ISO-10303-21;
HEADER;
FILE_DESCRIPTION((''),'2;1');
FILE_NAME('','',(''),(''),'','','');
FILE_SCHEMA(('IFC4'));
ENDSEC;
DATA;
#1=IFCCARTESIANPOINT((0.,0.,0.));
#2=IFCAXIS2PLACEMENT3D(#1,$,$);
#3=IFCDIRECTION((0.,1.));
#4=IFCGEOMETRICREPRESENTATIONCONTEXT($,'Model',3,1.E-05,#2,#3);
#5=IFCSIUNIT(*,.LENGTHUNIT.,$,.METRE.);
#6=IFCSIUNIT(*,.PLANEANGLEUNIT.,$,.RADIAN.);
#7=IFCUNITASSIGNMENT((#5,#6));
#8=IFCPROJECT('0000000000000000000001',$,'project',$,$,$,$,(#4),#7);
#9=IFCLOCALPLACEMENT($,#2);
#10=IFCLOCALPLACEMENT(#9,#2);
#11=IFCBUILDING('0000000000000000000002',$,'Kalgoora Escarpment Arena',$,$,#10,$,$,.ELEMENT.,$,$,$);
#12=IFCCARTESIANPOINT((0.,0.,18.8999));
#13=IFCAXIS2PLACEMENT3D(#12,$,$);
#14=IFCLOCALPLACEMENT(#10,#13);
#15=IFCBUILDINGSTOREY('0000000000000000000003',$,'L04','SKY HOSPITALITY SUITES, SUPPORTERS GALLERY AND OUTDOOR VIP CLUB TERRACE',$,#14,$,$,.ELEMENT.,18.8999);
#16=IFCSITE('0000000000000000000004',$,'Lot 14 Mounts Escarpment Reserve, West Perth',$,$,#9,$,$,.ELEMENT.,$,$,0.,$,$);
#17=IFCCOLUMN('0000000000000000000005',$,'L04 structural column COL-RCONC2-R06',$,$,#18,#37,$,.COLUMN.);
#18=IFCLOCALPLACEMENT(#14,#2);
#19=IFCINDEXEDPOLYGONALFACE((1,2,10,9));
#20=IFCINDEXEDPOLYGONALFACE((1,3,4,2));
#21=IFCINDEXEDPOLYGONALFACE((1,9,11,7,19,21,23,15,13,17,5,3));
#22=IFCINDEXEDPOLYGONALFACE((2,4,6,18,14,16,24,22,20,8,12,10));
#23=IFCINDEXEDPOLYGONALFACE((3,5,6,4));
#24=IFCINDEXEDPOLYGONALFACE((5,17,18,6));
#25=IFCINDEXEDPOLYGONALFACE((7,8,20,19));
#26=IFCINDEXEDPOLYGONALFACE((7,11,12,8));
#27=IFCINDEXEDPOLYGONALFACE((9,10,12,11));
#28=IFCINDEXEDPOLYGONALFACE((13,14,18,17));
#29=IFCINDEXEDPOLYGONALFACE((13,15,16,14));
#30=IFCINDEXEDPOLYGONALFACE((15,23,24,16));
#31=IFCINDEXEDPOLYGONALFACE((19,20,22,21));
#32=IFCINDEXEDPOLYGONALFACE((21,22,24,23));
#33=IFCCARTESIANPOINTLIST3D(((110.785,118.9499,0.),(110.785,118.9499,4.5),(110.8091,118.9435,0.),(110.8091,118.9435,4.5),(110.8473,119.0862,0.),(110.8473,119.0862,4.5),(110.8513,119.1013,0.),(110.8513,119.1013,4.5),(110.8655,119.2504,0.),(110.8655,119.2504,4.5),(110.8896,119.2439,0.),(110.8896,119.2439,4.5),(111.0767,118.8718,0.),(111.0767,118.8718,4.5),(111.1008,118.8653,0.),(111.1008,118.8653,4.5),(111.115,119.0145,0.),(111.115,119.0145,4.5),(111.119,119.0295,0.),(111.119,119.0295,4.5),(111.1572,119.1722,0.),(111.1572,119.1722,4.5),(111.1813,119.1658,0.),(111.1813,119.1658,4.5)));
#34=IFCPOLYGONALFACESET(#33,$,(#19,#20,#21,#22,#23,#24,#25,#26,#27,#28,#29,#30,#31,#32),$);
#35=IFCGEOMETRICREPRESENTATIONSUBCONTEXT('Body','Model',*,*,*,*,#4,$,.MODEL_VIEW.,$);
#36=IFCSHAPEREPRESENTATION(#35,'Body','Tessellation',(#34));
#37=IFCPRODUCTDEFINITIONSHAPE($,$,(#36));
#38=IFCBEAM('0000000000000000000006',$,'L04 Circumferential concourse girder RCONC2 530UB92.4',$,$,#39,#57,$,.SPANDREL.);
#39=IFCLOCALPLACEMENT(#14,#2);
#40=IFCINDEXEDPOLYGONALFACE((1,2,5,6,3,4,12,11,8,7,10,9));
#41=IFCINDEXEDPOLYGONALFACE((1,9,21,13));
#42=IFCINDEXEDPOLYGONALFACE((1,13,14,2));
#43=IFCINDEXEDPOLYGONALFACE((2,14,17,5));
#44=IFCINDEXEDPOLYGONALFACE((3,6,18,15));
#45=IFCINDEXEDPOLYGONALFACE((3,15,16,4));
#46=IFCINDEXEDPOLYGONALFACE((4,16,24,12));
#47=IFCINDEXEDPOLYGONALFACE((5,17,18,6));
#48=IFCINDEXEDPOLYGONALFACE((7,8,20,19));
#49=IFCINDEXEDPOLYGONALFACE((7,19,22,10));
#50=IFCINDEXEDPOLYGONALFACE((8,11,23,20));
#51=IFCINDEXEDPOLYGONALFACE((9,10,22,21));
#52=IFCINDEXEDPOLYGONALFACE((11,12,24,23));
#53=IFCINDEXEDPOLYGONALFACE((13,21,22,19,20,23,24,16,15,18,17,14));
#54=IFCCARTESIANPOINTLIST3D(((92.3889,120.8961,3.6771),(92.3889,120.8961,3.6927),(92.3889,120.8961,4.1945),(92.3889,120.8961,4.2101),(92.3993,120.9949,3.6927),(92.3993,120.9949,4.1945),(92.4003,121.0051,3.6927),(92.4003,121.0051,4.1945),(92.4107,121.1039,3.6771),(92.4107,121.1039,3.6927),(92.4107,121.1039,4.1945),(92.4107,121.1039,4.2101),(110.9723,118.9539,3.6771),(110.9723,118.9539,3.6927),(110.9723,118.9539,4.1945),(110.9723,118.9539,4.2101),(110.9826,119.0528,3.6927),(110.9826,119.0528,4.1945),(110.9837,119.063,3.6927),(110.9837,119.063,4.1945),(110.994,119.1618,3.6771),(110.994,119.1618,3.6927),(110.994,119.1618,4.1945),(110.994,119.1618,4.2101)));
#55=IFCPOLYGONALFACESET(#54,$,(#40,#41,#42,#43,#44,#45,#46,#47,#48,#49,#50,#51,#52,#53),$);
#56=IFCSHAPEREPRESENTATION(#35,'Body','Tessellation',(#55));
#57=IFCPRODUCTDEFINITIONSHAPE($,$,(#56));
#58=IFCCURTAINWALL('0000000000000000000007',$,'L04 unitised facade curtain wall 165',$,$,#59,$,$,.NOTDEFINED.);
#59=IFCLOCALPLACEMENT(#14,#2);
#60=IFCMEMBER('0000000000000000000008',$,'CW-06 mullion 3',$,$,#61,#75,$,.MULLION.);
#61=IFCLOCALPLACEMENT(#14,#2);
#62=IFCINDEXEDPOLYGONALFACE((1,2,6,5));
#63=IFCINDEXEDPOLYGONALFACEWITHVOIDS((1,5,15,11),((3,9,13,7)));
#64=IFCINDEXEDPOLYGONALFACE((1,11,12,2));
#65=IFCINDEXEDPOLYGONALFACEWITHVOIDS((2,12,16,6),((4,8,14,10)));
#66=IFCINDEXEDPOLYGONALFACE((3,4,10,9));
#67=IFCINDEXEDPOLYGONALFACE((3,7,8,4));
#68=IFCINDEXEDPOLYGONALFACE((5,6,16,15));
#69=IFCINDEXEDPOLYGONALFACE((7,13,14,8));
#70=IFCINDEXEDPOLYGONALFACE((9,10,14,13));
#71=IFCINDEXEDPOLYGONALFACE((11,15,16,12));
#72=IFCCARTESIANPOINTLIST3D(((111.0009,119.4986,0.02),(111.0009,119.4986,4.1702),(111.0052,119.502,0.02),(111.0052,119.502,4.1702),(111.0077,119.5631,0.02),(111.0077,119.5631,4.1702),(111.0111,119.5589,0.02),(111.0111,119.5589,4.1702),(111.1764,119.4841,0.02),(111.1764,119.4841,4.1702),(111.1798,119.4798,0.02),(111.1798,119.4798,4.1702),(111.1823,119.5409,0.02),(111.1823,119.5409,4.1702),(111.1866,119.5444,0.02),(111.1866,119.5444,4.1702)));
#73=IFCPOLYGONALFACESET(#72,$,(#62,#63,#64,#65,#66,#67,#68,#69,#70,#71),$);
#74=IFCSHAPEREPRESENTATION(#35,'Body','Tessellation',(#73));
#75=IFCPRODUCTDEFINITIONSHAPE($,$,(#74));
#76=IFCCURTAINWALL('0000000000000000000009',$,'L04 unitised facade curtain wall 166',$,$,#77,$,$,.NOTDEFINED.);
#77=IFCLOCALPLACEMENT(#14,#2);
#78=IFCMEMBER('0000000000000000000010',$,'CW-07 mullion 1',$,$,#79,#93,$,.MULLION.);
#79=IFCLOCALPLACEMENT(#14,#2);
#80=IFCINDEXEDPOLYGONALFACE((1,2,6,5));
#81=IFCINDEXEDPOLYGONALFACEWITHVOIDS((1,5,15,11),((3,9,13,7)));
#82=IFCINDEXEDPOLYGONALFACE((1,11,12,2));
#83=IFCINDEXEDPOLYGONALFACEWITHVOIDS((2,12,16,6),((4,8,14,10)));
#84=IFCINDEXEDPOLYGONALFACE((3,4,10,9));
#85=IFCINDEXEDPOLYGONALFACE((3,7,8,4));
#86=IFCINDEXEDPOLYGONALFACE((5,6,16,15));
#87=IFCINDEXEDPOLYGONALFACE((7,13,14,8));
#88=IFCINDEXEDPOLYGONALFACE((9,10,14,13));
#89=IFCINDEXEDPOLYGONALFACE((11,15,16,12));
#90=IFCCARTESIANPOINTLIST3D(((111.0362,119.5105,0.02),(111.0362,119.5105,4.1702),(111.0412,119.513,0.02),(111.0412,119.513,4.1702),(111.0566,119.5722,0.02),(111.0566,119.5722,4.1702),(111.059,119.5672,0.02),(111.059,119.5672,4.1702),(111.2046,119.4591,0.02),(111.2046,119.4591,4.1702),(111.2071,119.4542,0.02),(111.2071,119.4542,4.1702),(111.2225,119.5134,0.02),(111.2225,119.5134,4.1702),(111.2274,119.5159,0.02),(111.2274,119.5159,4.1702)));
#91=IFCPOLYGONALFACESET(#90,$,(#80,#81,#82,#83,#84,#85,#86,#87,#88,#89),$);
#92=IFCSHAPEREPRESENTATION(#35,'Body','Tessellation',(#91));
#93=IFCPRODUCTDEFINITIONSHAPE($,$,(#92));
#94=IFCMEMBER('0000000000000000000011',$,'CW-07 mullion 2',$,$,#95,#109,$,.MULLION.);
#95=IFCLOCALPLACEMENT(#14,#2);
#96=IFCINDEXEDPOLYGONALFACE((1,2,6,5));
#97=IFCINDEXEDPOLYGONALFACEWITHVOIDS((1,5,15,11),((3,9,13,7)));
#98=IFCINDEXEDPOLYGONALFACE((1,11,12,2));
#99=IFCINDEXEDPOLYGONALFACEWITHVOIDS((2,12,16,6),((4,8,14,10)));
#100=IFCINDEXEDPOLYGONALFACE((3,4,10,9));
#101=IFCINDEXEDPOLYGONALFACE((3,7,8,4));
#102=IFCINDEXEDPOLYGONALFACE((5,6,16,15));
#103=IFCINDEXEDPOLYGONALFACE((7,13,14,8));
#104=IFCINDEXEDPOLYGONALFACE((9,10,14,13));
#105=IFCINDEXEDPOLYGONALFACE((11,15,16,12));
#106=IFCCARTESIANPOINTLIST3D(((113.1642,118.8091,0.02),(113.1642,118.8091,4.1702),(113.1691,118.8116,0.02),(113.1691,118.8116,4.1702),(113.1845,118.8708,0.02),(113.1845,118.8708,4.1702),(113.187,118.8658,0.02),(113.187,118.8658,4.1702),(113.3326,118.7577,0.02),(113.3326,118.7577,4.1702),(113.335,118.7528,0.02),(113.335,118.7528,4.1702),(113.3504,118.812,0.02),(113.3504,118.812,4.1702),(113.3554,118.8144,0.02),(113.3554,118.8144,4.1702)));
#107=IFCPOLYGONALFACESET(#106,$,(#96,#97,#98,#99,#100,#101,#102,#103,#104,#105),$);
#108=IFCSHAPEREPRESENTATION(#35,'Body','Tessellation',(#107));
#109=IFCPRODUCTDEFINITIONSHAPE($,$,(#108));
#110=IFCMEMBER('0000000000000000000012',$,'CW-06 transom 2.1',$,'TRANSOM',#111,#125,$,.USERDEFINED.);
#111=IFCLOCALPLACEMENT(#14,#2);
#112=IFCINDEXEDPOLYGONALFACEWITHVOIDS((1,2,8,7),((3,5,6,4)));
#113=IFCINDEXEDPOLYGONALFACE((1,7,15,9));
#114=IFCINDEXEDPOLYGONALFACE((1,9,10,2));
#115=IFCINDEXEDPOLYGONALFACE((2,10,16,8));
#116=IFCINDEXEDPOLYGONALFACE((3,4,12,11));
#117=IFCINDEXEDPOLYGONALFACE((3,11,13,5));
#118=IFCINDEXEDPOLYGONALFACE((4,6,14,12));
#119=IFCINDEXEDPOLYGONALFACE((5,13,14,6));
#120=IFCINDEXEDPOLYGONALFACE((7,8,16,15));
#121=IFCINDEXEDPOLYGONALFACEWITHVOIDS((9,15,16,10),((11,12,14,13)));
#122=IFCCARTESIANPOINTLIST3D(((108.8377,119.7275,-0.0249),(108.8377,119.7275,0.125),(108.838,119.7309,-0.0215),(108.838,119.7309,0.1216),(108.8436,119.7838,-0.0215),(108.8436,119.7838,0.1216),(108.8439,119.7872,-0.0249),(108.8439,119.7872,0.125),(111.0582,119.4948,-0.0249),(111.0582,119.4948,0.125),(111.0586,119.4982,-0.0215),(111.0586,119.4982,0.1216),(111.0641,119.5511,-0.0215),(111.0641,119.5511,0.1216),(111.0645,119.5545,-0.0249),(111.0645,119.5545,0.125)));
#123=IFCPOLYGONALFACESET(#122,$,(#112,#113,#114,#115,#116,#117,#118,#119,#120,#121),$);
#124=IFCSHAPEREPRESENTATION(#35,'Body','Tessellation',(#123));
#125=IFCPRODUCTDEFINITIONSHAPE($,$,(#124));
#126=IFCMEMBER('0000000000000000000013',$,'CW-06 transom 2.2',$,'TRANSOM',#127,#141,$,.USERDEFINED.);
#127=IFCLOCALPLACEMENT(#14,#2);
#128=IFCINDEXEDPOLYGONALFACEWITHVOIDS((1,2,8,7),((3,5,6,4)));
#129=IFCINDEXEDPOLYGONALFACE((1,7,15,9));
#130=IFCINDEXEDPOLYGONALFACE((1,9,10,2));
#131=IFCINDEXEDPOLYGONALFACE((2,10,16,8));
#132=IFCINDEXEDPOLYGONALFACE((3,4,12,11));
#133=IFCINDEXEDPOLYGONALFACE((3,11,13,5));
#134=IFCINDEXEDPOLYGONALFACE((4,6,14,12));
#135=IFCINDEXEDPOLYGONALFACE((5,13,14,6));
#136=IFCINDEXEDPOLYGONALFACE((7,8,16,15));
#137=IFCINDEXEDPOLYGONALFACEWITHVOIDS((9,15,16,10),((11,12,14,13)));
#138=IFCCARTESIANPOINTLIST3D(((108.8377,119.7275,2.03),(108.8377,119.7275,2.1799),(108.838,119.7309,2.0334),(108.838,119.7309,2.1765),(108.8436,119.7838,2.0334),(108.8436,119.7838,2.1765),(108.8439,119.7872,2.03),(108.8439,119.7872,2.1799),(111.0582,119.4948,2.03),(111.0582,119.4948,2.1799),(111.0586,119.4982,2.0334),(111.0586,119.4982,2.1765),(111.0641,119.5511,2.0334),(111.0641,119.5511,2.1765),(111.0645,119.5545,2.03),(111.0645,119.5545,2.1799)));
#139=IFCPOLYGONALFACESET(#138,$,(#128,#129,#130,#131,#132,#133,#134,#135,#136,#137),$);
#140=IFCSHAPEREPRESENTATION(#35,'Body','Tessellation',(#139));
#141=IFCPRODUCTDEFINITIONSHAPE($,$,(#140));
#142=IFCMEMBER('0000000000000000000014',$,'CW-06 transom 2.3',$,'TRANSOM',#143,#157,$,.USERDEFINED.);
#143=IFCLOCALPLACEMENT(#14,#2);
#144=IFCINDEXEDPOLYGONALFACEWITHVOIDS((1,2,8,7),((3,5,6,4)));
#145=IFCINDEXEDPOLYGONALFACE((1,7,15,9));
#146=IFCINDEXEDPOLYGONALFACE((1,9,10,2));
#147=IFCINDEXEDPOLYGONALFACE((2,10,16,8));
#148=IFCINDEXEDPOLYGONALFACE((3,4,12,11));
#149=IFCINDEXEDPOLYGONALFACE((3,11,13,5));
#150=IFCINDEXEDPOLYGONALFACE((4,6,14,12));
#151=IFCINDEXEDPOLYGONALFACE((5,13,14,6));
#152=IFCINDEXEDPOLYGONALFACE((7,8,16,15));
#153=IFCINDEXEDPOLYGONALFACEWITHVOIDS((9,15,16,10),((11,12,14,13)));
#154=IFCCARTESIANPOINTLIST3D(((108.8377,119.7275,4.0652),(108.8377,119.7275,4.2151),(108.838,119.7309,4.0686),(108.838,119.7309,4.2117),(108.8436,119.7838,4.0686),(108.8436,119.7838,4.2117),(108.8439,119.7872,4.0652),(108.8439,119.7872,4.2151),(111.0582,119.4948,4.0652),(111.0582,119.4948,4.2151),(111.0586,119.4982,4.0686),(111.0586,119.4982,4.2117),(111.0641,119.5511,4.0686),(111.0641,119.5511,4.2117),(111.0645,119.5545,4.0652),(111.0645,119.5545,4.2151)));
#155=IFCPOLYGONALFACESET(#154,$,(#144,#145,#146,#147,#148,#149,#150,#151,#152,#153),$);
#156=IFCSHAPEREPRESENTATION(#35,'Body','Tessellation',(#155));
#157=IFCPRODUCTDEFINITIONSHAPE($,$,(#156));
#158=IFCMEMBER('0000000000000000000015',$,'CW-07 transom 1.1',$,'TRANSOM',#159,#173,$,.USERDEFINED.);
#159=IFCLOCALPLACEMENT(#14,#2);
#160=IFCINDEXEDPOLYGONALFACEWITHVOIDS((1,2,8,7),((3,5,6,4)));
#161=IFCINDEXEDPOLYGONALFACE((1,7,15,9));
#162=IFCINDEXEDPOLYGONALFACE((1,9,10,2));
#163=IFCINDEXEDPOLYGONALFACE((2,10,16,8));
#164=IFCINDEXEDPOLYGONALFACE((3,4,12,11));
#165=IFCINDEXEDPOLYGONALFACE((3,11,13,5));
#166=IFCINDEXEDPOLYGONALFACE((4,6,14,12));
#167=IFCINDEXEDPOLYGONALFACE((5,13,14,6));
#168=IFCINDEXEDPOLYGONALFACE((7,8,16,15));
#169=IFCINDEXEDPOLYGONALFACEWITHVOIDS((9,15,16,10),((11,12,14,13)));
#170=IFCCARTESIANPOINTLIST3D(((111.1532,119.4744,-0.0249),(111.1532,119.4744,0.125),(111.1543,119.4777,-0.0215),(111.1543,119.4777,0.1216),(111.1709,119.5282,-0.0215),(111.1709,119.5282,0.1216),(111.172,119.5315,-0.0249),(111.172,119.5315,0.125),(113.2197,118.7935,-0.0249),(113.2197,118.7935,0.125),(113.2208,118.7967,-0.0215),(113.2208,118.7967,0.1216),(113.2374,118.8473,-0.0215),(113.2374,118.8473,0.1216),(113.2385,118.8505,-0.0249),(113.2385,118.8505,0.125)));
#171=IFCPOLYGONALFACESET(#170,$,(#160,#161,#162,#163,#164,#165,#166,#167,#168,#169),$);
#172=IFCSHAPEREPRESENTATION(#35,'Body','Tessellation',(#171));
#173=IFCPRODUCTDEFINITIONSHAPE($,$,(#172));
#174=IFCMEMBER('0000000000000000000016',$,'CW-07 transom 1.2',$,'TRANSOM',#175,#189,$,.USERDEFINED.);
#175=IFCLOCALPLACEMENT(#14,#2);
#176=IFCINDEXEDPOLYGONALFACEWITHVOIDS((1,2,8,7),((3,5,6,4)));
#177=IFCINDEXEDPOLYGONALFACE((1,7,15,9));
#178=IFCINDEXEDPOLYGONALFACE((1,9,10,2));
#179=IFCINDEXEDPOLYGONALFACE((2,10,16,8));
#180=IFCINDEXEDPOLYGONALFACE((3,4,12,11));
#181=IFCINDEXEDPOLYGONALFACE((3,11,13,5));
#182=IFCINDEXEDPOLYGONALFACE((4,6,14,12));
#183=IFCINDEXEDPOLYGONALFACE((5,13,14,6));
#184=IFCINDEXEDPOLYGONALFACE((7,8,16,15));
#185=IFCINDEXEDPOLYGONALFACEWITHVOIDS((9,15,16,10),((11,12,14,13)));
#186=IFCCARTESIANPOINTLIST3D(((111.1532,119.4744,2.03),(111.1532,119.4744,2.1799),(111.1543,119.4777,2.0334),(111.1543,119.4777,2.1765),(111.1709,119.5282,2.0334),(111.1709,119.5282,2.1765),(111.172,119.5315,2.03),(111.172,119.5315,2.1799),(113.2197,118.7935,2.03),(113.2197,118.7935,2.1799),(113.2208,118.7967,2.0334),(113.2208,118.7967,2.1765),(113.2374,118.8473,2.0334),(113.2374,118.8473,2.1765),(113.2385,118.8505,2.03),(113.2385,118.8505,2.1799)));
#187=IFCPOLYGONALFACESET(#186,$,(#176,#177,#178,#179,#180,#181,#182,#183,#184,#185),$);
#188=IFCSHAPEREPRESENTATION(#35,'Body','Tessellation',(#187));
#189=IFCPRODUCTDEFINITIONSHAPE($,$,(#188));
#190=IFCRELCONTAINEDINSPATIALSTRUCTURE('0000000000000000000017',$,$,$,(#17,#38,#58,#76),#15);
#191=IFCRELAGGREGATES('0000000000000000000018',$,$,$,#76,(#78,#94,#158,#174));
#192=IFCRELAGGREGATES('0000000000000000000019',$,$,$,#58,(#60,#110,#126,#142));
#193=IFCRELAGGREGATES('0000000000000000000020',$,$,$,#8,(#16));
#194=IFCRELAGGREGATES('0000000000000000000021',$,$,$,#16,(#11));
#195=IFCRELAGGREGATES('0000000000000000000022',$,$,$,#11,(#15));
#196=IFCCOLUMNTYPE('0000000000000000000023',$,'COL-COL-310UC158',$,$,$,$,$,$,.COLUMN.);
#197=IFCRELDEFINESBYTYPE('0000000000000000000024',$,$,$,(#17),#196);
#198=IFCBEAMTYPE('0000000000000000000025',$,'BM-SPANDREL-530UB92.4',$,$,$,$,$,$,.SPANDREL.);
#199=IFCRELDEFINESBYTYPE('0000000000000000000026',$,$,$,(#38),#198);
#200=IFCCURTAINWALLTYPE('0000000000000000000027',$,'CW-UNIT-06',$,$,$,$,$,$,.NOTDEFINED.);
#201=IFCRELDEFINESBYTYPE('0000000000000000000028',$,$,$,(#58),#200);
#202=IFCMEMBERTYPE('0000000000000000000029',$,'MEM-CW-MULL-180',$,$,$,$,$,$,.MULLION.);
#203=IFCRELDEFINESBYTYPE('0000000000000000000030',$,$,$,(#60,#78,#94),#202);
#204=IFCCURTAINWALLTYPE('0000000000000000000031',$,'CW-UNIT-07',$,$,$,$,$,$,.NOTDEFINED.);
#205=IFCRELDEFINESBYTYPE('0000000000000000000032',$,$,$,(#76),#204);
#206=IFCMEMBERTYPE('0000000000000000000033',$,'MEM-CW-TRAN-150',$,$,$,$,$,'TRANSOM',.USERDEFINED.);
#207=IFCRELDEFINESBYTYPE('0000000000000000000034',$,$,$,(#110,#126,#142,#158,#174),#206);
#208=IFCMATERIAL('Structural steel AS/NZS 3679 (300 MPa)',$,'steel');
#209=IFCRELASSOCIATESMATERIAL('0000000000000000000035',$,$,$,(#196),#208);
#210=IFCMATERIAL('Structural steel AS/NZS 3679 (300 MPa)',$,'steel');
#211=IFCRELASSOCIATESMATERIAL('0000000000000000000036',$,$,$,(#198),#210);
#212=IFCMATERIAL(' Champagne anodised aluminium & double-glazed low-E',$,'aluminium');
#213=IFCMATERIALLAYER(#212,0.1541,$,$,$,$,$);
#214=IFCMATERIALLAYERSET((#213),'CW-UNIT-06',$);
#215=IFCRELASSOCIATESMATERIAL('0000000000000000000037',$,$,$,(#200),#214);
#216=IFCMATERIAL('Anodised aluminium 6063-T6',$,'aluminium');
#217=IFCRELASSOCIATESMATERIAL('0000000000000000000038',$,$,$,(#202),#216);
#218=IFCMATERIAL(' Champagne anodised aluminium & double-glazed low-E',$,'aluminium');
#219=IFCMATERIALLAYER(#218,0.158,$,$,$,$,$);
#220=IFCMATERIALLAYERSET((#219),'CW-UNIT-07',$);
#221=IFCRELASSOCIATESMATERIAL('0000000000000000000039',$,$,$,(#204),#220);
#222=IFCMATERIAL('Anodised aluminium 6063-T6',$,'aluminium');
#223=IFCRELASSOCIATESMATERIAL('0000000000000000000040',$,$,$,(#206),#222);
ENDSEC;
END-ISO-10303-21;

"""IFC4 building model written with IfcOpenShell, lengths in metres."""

from ifc_helpers import new_model, si_unit, direction, frame, origin, origin_2d, place, context, subcontext, project, spatial, hollow_rectangle, i_section, extrude, material, layer, layer_set, material_profile, profile_set, type_object, element, aggregate, save


model = new_model("IFC4")

# Units and contexts
model_context = context("Model", 3, precision=1e-05, world=origin(), true_north=direction((0.0, 1.0)))
body_context = subcontext(model_context, "Body", "Model", "MODEL_VIEW")
ifc_project = project(units=[si_unit("LENGTHUNIT", "METRE"), si_unit("PLANEANGLEUNIT", "RADIAN")], contexts=[model_context])

# Site, building, storey
site_placement = place(None, origin())
site = spatial("IfcSite", under=ifc_project, at=site_placement, Name="Lot 14 Mounts Escarpment Reserve, West Perth", CompositionType="ELEMENT", RefElevation=0.0)
building_placement = place(site_placement, origin())
building = spatial("IfcBuilding", under=site, at=building_placement, Name="Kalgoora Escarpment Arena", CompositionType="ELEMENT")
storey_placement = place(building_placement, frame((0.0, 0.0, 18.8999)))
storey = spatial("IfcBuildingStorey", under=building, at=storey_placement, Name="L04", Description="SKY HOSPITALITY SUITES, SUPPORTERS GALLERY AND OUTDOOR VIP CLUB TERRACE", CompositionType="ELEMENT", Elevation=18.8999)

# Column
ifc_material_1 = material(Name="Structural steel AS/NZS 3679 (300 MPa)", Category="steel")
ifc_material_profile_1 = material_profile(ifc_material_1, i_section(OverallWidth=0.311, OverallDepth=0.3269, WebThickness=0.0156, FlangeThickness=0.0249, at=origin_2d()))
ifc_profile_set_1 = profile_set([ifc_material_profile_1], Name="Structural steel AS/NZS 3679 (300 MPa)")
column_type = type_object("IfcColumnType", Name="COL-COL-310UC158", PredefinedType="COLUMN", material=ifc_profile_set_1)
column_placement = place(storey_placement, frame((110.9832, 119.0579, 0.0), z_axis=(0.0, 0.0, 1.0), x_axis=(0.258819, 0.965926, 0.0)))
element("IfcColumn", 1, at=column_placement, inside=storey, type_object=column_type, Name="L04 structural column COL-RCONC2-R06", PredefinedType="COLUMN", context=body_context, shape_type="SweptSolid", body=[
    extrude(i_section(OverallWidth=0.311, OverallDepth=0.3269, WebThickness=0.0156, FlangeThickness=0.0249, at=origin_2d()), origin(), (0.0, 0.0, 1.0), 4.5),
])

# Beam
ifc_material_2 = material(Name="Structural steel AS/NZS 3679 (300 MPa)", Category="steel")
ifc_material_profile_2 = material_profile(ifc_material_2, i_section(OverallWidth=0.209, OverallDepth=0.533, WebThickness=0.0103, FlangeThickness=0.0156, at=origin_2d()))
ifc_profile_set_2 = profile_set([ifc_material_profile_2], Name="Structural steel AS/NZS 3679 (300 MPa)")
beam_type = type_object("IfcBeamType", Name="BM-SPANDREL-530UB92.4", PredefinedType="SPANDREL", material=ifc_profile_set_2)
beam_placement = place(storey_placement, frame((110.9832, 119.0579, 3.9436), z_axis=(-0.994583, 0.103944, 0.0), x_axis=(-0.103944, -0.994583, 0.0)))
element("IfcBeam", 2, at=beam_placement, inside=storey, type_object=beam_type, Name="L04 Circumferential concourse girder RCONC2 530UB92.4", PredefinedType="SPANDREL", context=body_context, shape_type="SweptSolid", body=[
    extrude(i_section(OverallWidth=0.209, OverallDepth=0.533, WebThickness=0.0103, FlangeThickness=0.0156, at=origin_2d()), origin(), (0.0, 0.0, 1.0), 18.6846),
])

# Curtain wall, member
ifc_material_3 = material(Name=" Champagne anodised aluminium & double-glazed low-E", Category="aluminium")
ifc_layer_1 = layer(ifc_material_3, 0.1541)
ifc_layer_set_1 = layer_set([ifc_layer_1], Name="CW-UNIT-06")
curtain_wall_type_1 = type_object("IfcCurtainWallType", Name="CW-UNIT-06", PredefinedType="NOTDEFINED", material=ifc_layer_set_1)
curtain_wall_1_placement = place(storey_placement, origin())
curtain_wall_1 = element("IfcCurtainWall", 3, at=curtain_wall_1_placement, inside=storey, type_object=curtain_wall_type_1, Name="L04 unitised facade curtain wall 165", PredefinedType="NOTDEFINED")
ifc_material_4 = material(Name="Anodised aluminium 6063-T6", Category="aluminium")
ifc_material_profile_3 = material_profile(ifc_material_4, hollow_rectangle(XDim=0.0649, YDim=0.1799, WallThickness=0.0039, at=origin_2d()))
ifc_profile_set_3 = profile_set([ifc_material_profile_3], Name="Anodised aluminium 6063-T6")
member_type_1 = type_object("IfcMemberType", Name="MEM-CW-MULL-180", PredefinedType="MULLION", material=ifc_profile_set_3)
member_1_placement = place(storey_placement, frame((111.0938, 119.5215, 0.02), z_axis=(0.0, 0.0, 1.0), x_axis=(0.104158, 0.994561, 0.0)))
member_1 = element("IfcMember", 4, at=member_1_placement, type_object=member_type_1, Name="CW-06 mullion 3", PredefinedType="MULLION", context=body_context, shape_type="SweptSolid", body=[
    extrude(hollow_rectangle(XDim=0.0649, YDim=0.1799, WallThickness=0.0039, at=origin_2d()), origin(), (0.0, 0.0, 1.0), 4.1501),
])

# Curtain wall, members
ifc_material_5 = material(Name=" Champagne anodised aluminium & double-glazed low-E", Category="aluminium")
ifc_layer_2 = layer(ifc_material_5, 0.158)
ifc_layer_set_2 = layer_set([ifc_layer_2], Name="CW-UNIT-07")
curtain_wall_type_2 = type_object("IfcCurtainWallType", Name="CW-UNIT-07", PredefinedType="NOTDEFINED", material=ifc_layer_set_2)
curtain_wall_2_placement = place(storey_placement, origin())
curtain_wall_2 = element("IfcCurtainWall", 5, at=curtain_wall_2_placement, inside=storey, type_object=curtain_wall_type_2, Name="L04 unitised facade curtain wall 166", PredefinedType="NOTDEFINED")
member_2_placement = place(storey_placement, frame((111.1318, 119.5132, 0.02), z_axis=(0.0, 0.0, 1.0), x_axis=(0.312979, 0.94976, 0.0)))
member_2 = element("IfcMember", 6, at=member_2_placement, type_object=member_type_1, Name="CW-07 mullion 1", PredefinedType="MULLION", context=body_context, shape_type="SweptSolid", body=[
    extrude(hollow_rectangle(XDim=0.0649, YDim=0.1799, WallThickness=0.0039, at=origin_2d()), origin(), (0.0, 0.0, 1.0), 4.1501),
])
member_3_placement = place(storey_placement, frame((113.2598, 118.8118, 0.02), z_axis=(0.0, 0.0, 1.0), x_axis=(0.312979, 0.94976, 0.0)))
member_3 = element("IfcMember", 7, at=member_3_placement, type_object=member_type_1, Name="CW-07 mullion 2", PredefinedType="MULLION", context=body_context, shape_type="SweptSolid", body=[
    extrude(hollow_rectangle(XDim=0.0649, YDim=0.1799, WallThickness=0.0039, at=origin_2d()), origin(), (0.0, 0.0, 1.0), 4.1501),
])

# Members
ifc_material_6 = material(Name="Anodised aluminium 6063-T6", Category="aluminium")
ifc_material_profile_4 = material_profile(ifc_material_6, hollow_rectangle(XDim=0.0601, YDim=0.1499, WallThickness=0.0034, at=origin_2d()))
ifc_profile_set_4 = profile_set([ifc_material_profile_4], Name="Anodised aluminium 6063-T6")
member_type_2 = type_object("IfcMemberType", Name="MEM-CW-TRAN-150", ElementType="TRANSOM", PredefinedType="USERDEFINED", material=ifc_profile_set_4)
member_4_placement = place(storey_placement, frame((108.8408, 119.7573, 0.05), z_axis=(0.994555, -0.104212, 0.0), x_axis=(0.104212, 0.994555, 0.0)))
member_4 = element("IfcMember", 8, at=member_4_placement, type_object=member_type_2, Name="CW-06 transom 2.1", ObjectType="TRANSOM", PredefinedType="USERDEFINED", context=body_context, shape_type="SweptSolid", body=[
    extrude(hollow_rectangle(XDim=0.0601, YDim=0.1499, WallThickness=0.0034, at=origin_2d()), origin(), (0.0, 0.0, 1.0), 2.2327),
])
member_5_placement = place(storey_placement, frame((108.8408, 119.7573, 2.105), z_axis=(0.994555, -0.104212, 0.0), x_axis=(0.104212, 0.994555, 0.0)))
member_5 = element("IfcMember", 9, at=member_5_placement, type_object=member_type_2, Name="CW-06 transom 2.2", ObjectType="TRANSOM", PredefinedType="USERDEFINED", context=body_context, shape_type="SweptSolid", body=[
    extrude(hollow_rectangle(XDim=0.0601, YDim=0.1499, WallThickness=0.0034, at=origin_2d()), origin(), (0.0, 0.0, 1.0), 2.2327),
])
member_6_placement = place(storey_placement, frame((108.8408, 119.7573, 4.1401), z_axis=(0.994555, -0.104212, 0.0), x_axis=(0.104212, 0.994555, 0.0)))
member_6 = element("IfcMember", 10, at=member_6_placement, type_object=member_type_2, Name="CW-06 transom 2.3", ObjectType="TRANSOM", PredefinedType="USERDEFINED", context=body_context, shape_type="SweptSolid", body=[
    extrude(hollow_rectangle(XDim=0.0601, YDim=0.1499, WallThickness=0.0034, at=origin_2d()), origin(), (0.0, 0.0, 1.0), 2.2327),
])
member_7_placement = place(storey_placement, frame((111.1626, 119.5029, 0.05), z_axis=(0.949766, -0.312961, 0.0), x_axis=(0.312961, 0.949766, 0.0)))
member_7 = element("IfcMember", 11, at=member_7_placement, type_object=member_type_2, Name="CW-07 transom 1.1", ObjectType="TRANSOM", PredefinedType="USERDEFINED", context=body_context, shape_type="SweptSolid", body=[
    extrude(hollow_rectangle(XDim=0.0601, YDim=0.1499, WallThickness=0.0034, at=origin_2d()), origin(), (0.0, 0.0, 1.0), 2.1758),
])
member_8_placement = place(storey_placement, frame((111.1626, 119.5029, 2.105), z_axis=(0.949766, -0.312961, 0.0), x_axis=(0.312961, 0.949766, 0.0)))
member_8 = element("IfcMember", 12, at=member_8_placement, type_object=member_type_2, Name="CW-07 transom 1.2", ObjectType="TRANSOM", PredefinedType="USERDEFINED", context=body_context, shape_type="SweptSolid", body=[
    extrude(hollow_rectangle(XDim=0.0601, YDim=0.1499, WallThickness=0.0034, at=origin_2d()), origin(), (0.0, 0.0, 1.0), 2.1758),
])

aggregate(curtain_wall_2, [member_2, member_3, member_7, member_8])
aggregate(curtain_wall_1, [member_1, member_4, member_5, member_6])

save(model, "model.ifc")
